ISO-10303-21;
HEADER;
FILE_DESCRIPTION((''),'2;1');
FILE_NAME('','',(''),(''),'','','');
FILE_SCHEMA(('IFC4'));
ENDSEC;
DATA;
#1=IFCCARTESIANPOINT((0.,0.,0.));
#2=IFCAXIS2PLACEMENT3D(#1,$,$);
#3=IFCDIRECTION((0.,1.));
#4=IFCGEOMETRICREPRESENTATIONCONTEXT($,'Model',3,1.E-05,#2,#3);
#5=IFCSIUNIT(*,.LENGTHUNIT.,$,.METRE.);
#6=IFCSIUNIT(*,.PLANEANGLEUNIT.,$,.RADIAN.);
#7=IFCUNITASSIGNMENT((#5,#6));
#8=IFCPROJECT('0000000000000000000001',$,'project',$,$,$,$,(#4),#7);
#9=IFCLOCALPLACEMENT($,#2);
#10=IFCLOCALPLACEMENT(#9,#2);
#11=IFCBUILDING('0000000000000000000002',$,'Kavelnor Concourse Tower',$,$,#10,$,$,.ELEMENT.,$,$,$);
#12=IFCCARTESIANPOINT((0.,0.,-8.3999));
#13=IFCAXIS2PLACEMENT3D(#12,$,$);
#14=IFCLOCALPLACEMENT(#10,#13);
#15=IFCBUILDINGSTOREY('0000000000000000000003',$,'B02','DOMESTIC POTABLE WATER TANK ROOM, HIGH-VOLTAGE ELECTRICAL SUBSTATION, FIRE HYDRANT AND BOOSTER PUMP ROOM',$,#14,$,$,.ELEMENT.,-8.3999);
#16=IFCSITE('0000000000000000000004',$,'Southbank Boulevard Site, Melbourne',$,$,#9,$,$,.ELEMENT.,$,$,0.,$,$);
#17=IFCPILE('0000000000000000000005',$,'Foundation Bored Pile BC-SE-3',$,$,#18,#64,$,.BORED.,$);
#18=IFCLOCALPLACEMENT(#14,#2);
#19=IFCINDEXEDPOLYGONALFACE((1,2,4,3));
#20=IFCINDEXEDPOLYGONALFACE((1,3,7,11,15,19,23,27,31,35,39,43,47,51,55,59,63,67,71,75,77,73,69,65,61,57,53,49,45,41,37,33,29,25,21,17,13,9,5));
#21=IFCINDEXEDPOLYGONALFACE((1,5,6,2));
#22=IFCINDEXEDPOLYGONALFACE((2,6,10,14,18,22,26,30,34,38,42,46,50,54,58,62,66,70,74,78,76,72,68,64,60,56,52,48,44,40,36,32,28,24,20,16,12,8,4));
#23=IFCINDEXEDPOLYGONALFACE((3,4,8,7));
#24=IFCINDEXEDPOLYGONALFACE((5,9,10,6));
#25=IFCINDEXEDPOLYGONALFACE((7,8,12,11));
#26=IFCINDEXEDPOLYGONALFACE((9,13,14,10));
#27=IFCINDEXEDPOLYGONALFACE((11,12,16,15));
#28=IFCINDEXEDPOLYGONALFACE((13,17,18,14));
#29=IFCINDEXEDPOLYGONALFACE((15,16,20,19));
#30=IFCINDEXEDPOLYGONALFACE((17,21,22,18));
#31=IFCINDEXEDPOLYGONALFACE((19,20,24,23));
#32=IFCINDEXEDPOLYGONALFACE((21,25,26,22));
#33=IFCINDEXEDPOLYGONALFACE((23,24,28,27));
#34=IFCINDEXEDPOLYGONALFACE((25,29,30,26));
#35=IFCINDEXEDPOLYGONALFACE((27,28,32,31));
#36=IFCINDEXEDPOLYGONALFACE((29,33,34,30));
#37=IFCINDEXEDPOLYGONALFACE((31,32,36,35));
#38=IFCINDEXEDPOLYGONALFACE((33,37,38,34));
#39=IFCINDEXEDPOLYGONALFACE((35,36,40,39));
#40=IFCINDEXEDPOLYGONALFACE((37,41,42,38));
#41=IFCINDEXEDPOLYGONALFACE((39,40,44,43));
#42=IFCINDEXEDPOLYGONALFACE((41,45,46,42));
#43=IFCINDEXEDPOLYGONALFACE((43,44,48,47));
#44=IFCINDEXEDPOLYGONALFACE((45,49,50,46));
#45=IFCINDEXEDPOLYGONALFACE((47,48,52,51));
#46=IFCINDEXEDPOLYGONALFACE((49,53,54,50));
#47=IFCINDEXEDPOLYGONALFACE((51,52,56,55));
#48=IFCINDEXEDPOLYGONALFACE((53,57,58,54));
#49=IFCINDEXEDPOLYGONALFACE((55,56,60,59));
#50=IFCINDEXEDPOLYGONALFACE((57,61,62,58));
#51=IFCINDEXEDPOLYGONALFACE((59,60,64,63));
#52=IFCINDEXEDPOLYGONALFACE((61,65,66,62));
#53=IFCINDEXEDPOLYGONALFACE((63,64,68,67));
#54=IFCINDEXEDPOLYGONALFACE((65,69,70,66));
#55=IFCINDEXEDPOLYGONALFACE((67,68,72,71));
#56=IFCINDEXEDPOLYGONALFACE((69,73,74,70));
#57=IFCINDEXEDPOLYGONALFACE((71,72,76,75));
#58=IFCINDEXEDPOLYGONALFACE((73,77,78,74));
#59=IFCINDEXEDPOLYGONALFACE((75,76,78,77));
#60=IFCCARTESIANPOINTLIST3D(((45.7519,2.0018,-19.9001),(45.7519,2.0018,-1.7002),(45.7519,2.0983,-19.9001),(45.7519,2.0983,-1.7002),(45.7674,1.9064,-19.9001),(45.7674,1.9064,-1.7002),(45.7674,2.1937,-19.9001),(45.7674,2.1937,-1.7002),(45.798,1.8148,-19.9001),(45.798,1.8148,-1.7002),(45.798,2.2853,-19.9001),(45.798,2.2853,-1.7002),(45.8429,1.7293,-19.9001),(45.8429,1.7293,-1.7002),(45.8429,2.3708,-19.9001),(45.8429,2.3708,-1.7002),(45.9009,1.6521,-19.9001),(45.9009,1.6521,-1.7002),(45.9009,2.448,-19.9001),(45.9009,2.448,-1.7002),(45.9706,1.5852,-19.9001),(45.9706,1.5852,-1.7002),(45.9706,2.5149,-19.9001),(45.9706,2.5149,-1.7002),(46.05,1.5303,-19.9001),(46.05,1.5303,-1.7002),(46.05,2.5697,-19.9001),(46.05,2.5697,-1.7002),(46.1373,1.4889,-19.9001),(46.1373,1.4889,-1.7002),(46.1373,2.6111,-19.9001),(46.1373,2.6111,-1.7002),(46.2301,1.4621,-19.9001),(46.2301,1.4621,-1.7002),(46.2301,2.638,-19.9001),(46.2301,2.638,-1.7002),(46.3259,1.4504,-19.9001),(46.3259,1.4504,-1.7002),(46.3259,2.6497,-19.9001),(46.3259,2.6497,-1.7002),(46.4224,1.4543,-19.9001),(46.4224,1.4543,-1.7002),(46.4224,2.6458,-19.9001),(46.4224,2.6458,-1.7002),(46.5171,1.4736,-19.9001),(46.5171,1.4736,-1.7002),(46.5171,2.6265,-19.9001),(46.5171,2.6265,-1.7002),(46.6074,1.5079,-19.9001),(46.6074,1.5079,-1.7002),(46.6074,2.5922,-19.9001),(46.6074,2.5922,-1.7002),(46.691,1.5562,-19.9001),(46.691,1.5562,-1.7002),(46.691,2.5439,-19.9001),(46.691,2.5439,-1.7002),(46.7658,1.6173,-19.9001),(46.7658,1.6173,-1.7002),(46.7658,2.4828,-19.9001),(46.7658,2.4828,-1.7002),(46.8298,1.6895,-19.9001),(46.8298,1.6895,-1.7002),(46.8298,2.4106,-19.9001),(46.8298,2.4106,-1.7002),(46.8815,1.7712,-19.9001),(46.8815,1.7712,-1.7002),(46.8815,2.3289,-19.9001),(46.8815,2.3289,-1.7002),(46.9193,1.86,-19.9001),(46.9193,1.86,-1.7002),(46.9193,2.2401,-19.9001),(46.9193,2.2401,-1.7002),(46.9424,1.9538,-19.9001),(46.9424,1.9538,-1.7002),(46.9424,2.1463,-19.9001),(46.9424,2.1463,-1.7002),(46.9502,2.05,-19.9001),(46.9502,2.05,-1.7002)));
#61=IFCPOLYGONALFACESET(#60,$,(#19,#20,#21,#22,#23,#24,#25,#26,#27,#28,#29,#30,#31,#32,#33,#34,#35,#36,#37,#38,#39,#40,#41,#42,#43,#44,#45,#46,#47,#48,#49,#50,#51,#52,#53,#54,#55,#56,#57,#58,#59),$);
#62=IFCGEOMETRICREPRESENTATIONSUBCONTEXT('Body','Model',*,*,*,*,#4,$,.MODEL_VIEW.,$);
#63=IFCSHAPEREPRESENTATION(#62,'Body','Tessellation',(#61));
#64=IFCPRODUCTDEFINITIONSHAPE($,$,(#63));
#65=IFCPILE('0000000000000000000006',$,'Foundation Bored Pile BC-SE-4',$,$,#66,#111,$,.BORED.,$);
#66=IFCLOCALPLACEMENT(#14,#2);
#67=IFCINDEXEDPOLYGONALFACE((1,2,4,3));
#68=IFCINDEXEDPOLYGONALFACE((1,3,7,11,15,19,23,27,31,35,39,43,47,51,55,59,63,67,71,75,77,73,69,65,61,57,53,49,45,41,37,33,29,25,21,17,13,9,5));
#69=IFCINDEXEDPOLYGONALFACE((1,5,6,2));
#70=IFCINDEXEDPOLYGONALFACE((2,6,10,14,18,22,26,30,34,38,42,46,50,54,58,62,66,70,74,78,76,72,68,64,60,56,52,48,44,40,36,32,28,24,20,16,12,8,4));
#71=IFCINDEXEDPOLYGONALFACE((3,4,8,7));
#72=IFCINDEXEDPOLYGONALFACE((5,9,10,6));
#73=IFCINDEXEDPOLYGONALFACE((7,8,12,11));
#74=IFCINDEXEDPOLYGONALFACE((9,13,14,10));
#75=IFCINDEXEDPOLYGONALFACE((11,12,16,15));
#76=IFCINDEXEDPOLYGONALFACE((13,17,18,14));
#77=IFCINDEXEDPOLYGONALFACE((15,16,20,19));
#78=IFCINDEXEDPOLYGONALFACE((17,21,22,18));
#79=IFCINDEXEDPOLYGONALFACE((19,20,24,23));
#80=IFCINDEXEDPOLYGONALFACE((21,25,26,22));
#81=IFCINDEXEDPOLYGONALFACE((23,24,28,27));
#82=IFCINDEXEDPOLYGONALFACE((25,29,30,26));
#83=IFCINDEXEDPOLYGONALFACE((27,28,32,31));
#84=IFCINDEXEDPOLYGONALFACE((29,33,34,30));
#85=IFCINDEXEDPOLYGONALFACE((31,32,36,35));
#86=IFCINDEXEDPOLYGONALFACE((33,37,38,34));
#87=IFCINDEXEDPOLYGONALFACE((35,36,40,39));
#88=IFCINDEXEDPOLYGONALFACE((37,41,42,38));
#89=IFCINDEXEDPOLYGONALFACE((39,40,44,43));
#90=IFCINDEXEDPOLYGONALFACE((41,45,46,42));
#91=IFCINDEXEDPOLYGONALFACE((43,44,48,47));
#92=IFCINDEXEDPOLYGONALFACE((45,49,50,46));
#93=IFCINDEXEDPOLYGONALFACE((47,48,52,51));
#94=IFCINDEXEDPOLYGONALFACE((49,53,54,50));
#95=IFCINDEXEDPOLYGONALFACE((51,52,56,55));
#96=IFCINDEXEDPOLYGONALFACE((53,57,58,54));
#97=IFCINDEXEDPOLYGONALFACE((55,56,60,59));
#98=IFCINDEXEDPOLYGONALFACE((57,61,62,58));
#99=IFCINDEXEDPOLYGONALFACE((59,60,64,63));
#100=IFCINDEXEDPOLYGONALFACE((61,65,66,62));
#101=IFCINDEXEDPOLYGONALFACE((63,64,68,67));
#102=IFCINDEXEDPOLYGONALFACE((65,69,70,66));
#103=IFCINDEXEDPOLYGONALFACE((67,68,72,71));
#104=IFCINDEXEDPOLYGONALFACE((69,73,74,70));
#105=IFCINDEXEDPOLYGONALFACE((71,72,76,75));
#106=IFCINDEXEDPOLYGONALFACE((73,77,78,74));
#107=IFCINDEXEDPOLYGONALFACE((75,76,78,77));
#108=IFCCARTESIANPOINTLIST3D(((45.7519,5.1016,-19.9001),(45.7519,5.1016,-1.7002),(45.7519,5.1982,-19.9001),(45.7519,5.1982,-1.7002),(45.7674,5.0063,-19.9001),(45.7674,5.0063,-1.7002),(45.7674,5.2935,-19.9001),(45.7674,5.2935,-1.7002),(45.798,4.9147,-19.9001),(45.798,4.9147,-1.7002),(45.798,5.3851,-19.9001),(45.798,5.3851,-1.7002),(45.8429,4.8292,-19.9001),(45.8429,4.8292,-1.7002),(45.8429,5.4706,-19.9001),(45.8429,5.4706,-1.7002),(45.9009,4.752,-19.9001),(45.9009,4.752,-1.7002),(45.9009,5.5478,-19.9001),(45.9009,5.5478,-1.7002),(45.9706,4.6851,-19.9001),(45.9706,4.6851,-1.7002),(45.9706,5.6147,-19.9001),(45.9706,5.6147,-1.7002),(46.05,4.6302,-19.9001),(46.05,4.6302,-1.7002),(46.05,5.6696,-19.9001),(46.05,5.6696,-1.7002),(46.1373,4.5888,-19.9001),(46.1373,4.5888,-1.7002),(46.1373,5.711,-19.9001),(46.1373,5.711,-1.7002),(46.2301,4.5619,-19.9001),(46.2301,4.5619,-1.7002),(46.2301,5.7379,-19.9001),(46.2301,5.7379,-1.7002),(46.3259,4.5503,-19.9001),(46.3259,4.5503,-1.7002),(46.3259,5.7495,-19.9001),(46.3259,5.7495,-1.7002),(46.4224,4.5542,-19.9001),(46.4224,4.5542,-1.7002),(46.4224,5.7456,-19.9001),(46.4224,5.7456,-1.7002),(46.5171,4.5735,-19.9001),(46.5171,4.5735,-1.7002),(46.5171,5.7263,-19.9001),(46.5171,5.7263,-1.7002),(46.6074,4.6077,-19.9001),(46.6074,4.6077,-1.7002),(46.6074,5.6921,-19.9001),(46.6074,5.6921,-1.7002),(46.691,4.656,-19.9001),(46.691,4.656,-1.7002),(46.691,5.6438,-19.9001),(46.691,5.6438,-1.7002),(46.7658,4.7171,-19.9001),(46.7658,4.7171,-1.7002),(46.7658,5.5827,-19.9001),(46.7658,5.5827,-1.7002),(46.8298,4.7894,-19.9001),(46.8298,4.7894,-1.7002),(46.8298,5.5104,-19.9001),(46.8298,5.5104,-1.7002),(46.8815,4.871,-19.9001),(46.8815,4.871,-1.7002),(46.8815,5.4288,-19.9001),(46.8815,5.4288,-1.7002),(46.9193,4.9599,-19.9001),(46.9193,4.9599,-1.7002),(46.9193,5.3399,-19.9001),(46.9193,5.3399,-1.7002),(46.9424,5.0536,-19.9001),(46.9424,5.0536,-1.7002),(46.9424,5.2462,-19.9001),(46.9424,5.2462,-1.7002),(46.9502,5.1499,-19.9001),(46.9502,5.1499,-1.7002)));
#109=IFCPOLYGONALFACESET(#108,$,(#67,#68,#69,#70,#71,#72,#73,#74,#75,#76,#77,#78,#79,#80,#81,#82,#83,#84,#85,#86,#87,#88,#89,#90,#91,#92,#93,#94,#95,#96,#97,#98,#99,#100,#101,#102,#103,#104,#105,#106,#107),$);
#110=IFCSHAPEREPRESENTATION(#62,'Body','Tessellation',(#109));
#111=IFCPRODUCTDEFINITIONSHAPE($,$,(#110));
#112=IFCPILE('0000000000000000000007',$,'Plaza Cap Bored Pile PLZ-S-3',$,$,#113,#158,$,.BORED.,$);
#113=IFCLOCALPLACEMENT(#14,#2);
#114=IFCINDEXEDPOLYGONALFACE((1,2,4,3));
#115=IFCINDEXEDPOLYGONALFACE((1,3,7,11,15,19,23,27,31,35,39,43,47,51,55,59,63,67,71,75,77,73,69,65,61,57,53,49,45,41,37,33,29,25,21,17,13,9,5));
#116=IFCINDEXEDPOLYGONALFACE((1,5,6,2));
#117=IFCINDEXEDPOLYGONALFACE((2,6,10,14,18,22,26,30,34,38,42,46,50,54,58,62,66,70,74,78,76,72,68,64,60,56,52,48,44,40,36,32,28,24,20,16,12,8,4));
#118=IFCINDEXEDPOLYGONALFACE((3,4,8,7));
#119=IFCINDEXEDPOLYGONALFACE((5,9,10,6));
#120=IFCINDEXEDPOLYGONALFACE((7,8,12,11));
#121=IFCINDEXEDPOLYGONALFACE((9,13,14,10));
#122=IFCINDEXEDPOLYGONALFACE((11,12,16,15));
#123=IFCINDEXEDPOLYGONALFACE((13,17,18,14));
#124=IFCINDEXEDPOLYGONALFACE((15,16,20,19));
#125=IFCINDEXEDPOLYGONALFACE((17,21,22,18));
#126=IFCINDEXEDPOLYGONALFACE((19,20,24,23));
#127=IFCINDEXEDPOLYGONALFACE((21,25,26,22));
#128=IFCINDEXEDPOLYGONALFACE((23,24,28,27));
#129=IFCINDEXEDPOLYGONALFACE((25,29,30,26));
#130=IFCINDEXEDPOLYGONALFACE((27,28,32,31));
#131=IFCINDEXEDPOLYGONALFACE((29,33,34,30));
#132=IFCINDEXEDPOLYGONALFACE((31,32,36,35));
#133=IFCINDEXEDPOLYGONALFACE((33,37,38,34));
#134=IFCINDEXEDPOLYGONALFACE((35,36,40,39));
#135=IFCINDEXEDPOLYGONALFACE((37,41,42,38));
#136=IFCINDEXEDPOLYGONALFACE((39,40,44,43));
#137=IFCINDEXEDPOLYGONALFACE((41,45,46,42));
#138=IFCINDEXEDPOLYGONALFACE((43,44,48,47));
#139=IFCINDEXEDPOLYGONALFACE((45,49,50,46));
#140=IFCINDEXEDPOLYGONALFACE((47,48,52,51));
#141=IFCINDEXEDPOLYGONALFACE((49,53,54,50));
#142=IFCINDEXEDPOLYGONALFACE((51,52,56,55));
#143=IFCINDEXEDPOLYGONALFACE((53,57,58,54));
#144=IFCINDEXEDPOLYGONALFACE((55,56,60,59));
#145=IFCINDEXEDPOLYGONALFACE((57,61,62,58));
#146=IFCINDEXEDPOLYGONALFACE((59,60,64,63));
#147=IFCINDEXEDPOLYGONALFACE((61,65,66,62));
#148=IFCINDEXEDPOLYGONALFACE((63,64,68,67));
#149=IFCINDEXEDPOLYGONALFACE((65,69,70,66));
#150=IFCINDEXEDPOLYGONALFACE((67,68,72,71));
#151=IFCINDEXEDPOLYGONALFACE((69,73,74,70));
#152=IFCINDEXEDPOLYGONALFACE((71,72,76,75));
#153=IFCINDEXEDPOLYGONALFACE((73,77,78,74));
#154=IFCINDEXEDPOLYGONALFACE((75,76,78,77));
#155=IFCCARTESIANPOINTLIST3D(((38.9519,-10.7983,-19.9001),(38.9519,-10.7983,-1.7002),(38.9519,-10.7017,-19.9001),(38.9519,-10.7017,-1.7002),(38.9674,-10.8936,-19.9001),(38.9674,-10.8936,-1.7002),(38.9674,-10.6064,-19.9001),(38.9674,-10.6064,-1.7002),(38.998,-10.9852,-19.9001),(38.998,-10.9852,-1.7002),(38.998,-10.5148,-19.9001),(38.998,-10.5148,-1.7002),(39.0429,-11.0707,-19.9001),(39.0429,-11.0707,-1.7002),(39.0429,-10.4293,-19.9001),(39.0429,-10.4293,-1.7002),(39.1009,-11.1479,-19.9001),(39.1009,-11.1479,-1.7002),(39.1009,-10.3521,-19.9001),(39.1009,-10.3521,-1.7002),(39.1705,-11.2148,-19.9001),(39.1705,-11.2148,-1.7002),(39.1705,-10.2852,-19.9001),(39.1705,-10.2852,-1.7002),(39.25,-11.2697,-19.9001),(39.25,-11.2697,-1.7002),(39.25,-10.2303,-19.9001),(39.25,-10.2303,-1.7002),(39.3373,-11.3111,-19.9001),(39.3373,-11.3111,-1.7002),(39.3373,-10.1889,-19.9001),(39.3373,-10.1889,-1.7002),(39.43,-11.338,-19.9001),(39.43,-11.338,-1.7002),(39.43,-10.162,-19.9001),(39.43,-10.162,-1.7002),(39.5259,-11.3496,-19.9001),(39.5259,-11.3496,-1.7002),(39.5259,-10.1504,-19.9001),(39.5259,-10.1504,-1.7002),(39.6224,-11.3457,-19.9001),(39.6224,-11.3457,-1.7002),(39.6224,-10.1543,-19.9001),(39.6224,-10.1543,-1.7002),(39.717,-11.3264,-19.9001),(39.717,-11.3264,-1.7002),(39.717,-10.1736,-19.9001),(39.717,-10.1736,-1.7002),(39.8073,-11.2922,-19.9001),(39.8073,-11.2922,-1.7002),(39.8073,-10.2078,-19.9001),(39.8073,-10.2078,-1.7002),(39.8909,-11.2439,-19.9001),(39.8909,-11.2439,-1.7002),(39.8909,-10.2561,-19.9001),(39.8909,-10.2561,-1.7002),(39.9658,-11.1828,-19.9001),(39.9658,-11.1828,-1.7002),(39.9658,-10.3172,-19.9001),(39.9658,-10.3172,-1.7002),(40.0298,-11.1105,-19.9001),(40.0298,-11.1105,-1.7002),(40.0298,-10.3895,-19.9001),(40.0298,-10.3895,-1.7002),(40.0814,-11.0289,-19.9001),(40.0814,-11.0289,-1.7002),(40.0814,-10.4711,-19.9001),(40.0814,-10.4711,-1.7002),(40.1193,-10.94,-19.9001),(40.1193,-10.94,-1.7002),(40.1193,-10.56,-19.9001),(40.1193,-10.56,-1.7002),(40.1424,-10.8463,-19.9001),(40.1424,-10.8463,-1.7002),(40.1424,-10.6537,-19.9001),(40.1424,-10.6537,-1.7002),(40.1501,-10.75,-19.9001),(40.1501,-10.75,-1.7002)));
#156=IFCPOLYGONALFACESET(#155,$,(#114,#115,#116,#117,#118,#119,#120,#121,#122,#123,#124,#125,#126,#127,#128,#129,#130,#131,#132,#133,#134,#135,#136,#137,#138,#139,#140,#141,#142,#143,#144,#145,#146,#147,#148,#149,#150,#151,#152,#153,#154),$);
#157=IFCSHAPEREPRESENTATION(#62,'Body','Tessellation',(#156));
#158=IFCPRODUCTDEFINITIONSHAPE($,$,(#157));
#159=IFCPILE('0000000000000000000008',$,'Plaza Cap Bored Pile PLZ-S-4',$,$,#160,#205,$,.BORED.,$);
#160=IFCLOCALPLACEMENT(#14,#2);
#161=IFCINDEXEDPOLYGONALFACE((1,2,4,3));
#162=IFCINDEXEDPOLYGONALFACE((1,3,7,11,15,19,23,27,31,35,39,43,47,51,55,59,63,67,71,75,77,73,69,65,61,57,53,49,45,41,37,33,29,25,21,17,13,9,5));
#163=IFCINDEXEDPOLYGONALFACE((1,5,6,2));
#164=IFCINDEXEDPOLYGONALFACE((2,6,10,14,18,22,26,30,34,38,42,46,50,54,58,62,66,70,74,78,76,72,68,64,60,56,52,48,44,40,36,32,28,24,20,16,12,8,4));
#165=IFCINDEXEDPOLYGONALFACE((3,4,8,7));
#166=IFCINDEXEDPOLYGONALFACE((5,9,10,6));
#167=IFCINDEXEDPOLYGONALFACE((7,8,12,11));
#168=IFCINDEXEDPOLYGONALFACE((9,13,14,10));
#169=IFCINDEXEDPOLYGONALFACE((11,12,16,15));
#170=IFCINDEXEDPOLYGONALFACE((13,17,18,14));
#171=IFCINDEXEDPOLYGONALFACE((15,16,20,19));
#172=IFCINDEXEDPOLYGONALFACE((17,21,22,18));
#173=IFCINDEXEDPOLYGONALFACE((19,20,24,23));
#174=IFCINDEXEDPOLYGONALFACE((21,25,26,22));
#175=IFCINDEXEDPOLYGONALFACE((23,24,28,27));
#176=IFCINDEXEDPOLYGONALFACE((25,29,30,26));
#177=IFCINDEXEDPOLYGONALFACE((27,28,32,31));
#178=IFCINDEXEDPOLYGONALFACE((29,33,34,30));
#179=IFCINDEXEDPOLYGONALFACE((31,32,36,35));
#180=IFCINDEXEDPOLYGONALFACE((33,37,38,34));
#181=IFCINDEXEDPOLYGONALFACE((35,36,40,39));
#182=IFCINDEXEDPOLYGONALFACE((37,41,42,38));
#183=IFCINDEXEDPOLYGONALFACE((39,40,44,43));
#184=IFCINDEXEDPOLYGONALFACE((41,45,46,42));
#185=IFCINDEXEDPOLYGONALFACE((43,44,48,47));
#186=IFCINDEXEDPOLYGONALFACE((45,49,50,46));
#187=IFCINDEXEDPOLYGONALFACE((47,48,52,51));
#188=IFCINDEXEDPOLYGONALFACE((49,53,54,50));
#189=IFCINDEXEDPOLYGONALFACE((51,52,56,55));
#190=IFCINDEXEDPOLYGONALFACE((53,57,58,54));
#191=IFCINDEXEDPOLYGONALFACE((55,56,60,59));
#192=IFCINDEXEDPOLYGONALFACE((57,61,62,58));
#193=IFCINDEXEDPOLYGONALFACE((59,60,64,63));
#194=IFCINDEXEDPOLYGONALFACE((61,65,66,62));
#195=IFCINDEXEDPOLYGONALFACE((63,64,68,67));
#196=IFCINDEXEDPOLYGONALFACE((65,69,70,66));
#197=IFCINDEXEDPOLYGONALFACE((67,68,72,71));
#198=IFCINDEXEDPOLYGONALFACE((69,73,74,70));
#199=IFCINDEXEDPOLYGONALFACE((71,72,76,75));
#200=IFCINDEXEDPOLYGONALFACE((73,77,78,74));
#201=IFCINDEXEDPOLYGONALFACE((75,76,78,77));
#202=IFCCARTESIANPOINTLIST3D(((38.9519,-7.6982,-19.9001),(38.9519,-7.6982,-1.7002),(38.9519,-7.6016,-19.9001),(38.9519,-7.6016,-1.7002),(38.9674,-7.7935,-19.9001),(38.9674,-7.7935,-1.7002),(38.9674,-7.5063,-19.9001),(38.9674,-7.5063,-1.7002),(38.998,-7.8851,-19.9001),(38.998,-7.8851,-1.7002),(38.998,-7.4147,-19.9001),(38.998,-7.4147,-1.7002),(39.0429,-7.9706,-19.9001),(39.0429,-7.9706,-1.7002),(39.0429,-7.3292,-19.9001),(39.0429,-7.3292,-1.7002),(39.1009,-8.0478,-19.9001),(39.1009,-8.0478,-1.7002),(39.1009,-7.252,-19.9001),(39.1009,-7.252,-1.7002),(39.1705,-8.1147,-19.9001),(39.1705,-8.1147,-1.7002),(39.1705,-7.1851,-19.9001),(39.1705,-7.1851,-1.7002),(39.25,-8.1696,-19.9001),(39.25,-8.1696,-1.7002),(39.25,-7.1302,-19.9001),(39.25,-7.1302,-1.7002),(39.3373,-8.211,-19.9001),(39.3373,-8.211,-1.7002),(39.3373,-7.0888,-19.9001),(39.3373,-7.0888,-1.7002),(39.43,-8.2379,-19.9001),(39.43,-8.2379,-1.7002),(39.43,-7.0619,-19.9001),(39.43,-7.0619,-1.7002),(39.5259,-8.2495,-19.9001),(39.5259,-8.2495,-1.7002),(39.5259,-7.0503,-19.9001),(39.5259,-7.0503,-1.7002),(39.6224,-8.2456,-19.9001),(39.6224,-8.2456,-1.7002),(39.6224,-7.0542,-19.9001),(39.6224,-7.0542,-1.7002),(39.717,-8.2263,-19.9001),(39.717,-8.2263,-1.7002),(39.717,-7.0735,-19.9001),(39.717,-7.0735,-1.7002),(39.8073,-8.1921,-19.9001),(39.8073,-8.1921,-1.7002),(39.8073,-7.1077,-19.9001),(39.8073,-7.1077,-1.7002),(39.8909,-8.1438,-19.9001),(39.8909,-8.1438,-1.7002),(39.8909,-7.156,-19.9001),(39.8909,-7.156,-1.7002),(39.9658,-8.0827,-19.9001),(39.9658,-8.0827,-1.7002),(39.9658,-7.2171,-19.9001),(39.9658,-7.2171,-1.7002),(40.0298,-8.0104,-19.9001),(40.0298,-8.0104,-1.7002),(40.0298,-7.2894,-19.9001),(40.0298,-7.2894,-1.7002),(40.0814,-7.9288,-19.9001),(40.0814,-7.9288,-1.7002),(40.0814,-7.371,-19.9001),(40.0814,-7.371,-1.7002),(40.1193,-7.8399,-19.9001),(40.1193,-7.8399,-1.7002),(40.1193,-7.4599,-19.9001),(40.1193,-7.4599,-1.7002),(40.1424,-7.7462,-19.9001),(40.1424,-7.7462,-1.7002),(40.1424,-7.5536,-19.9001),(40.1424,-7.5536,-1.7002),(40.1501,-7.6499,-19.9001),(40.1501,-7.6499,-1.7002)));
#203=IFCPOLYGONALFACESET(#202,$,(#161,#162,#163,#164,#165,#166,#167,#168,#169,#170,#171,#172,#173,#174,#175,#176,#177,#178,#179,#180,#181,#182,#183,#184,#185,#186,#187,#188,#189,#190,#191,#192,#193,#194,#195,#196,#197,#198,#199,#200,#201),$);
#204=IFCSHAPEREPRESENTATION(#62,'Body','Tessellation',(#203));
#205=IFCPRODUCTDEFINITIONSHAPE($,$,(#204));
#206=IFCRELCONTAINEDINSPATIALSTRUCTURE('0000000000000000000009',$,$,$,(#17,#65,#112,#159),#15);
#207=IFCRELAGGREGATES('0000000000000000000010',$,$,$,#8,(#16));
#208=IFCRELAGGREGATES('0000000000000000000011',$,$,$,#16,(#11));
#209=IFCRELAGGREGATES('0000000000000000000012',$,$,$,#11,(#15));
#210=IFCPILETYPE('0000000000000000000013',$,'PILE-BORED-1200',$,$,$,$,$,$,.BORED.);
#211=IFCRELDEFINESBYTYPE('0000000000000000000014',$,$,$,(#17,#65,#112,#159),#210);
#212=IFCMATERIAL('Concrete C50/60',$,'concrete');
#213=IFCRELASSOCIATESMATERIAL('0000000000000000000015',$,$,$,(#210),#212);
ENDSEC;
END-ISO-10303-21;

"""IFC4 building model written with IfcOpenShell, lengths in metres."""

from ifc_helpers import new_model, si_unit, direction, frame, origin, origin_2d, place, context, subcontext, project, spatial, circle, extrude, material, material_profile, profile_set, type_object, element, save


model = new_model("IFC4")

# Units and contexts
model_context = context("Model", 3, precision=1e-05, world=origin(), true_north=direction((0.0, 1.0)))
body_context = subcontext(model_context, "Body", "Model", "MODEL_VIEW")
ifc_project = project(units=[si_unit("LENGTHUNIT", "METRE"), si_unit("PLANEANGLEUNIT", "RADIAN")], contexts=[model_context])

# Site, building, storey
site_placement = place(None, origin())
site = spatial("IfcSite", under=ifc_project, at=site_placement, Name="Southbank Boulevard Site, Melbourne", CompositionType="ELEMENT", RefElevation=0.0)
building_placement = place(site_placement, origin())
building = spatial("IfcBuilding", under=site, at=building_placement, Name="Kavelnor Concourse Tower", CompositionType="ELEMENT")
storey_placement = place(building_placement, frame((0.0, 0.0, -8.3999)))
storey = spatial("IfcBuildingStorey", under=building, at=storey_placement, Name="B02", Description="DOMESTIC POTABLE WATER TANK ROOM, HIGH-VOLTAGE ELECTRICAL SUBSTATION, FIRE HYDRANT AND BOOSTER PUMP ROOM", CompositionType="ELEMENT", Elevation=-8.3999)

# Shared definitions
ifc_material_1 = material(Name="Concrete C50/60", Category="concrete")

# Piles
ifc_material_profile_1 = material_profile(ifc_material_1, circle(Radius=0.6001, at=origin_2d()), Name="PILE-D1200")
ifc_profile_set_1 = profile_set([ifc_material_profile_1], Name="Concrete C50/60")
pile_type_1 = type_object("IfcPileType", Name="PILE-BORED-1200", PredefinedType="BORED", material=ifc_profile_set_1)
for number, where, z_axis, x_axis, name in (
    (1, (46.3501, 2.05, -1.7002), (0.0, 0.0, -1.0), (1.0, 0.0, 0.0), "Foundation Bored Pile BC-SE-3"),
    (2, (46.3501, 5.1499, -1.7002), (0.0, 0.0, -1.0), (1.0, 0.0, 0.0), "Foundation Bored Pile BC-SE-4"),
    (3, (39.55, -10.75, -1.7002), (0.0, 0.0, -1.0), (1.0, 0.0, 0.0), "Plaza Cap Bored Pile PLZ-S-3"),
    (4, (39.55, -7.6499, -1.7002), (0.0, 0.0, -1.0), (1.0, 0.0, 0.0), "Plaza Cap Bored Pile PLZ-S-4"),
):
    element("IfcPile", number, at=place(storey_placement, frame(where, z_axis=z_axis, x_axis=x_axis)), inside=storey, type_object=pile_type_1, Name=name, PredefinedType="BORED", context=body_context, shape_type="SweptSolid", body=[
        extrude(circle(Radius=0.6001, at=origin_2d()), origin(), (0.0, 0.0, 1.0), 18.2),
    ])

save(model, "model.ifc")
